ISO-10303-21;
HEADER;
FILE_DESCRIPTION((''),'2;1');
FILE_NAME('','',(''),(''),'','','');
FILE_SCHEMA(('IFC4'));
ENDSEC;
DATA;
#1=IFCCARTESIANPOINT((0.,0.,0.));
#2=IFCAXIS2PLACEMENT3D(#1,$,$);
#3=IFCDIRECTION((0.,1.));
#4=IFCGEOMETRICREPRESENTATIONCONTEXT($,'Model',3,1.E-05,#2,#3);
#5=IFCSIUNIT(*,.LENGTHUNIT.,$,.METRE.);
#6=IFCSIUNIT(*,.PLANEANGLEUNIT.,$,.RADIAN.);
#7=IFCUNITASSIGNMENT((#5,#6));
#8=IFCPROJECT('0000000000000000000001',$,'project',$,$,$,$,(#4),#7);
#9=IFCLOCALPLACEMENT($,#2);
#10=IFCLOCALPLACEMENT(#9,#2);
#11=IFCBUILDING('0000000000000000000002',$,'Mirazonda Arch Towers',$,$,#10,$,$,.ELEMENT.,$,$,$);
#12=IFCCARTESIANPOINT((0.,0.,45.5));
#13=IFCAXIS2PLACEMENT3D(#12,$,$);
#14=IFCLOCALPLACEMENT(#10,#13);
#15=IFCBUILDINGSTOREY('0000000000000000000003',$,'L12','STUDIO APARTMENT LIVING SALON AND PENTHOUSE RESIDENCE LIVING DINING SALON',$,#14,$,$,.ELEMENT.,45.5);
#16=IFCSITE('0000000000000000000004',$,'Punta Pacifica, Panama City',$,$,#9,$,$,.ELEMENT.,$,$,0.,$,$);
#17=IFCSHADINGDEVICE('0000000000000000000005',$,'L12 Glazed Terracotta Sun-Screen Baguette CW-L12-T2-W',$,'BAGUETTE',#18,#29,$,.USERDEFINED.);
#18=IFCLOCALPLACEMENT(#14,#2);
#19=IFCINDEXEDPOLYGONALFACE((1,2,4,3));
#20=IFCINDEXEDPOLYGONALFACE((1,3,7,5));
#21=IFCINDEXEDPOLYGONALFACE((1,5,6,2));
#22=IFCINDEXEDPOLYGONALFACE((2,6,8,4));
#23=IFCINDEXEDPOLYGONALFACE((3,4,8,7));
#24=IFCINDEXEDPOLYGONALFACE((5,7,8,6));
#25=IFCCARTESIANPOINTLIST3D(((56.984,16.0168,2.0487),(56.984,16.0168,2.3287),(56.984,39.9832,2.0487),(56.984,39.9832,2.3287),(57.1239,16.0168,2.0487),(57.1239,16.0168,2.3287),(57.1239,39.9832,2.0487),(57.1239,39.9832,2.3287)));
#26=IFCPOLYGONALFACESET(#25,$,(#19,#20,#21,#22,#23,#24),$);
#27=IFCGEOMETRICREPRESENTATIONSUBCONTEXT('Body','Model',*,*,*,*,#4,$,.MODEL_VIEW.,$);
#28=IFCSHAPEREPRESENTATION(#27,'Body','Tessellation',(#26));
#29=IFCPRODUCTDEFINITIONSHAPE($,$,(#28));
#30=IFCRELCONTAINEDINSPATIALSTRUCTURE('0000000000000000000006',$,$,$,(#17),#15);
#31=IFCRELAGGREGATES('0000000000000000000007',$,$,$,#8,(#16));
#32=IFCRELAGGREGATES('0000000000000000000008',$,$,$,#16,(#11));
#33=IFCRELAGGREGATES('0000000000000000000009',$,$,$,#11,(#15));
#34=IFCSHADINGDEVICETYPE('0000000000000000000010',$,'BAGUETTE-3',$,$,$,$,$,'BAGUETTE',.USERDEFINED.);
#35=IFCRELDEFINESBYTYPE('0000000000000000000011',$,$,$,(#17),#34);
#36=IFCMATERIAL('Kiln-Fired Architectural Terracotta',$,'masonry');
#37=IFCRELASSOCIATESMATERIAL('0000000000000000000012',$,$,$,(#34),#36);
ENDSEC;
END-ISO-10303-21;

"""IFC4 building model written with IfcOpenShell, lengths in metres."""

from ifc_helpers import new_model, si_unit, direction, frame, origin, origin_2d, place, context, subcontext, project, spatial, rectangle, extrude, material, material_profile, profile_set, type_object, element, save


model = new_model("IFC4")

# Units and contexts
model_context = context("Model", 3, precision=1e-05, world=origin(), true_north=direction((0.0, 1.0)))
body_context = subcontext(model_context, "Body", "Model", "MODEL_VIEW")
ifc_project = project(units=[si_unit("LENGTHUNIT", "METRE"), si_unit("PLANEANGLEUNIT", "RADIAN")], contexts=[model_context])

# Site, building, storey
site_placement = place(None, origin())
site = spatial("IfcSite", under=ifc_project, at=site_placement, Name="Punta Pacifica, Panama City", CompositionType="ELEMENT", RefElevation=0.0)
building_placement = place(site_placement, origin())
building = spatial("IfcBuilding", under=site, at=building_placement, Name="Mirazonda Arch Towers", CompositionType="ELEMENT")
storey_placement = place(building_placement, frame((0.0, 0.0, 45.5)))
storey = spatial("IfcBuildingStorey", under=building, at=storey_placement, Name="L12", Description="STUDIO APARTMENT LIVING SALON AND PENTHOUSE RESIDENCE LIVING DINING SALON", CompositionType="ELEMENT", Elevation=45.5)

# Shading device
ifc_material_1 = material(Name="Kiln-Fired Architectural Terracotta", Category="masonry")
ifc_material_profile_1 = material_profile(ifc_material_1, rectangle(XDim=0.1399, YDim=0.28, at=origin_2d()), Name="TERRA-BAG-140x280")
ifc_profile_set_1 = profile_set([ifc_material_profile_1], Name="Kiln-Fired Architectural Terracotta")
shading_device_type = type_object("IfcShadingDeviceType", Name="BAGUETTE-3", ElementType="BAGUETTE", PredefinedType="USERDEFINED", material=ifc_profile_set_1)
shading_device_1_placement = place(storey_placement, frame((57.054, 39.9832, 2.1887), z_axis=(0.0, -1.0, 0.0), x_axis=(1.0, 0.0, 0.0)))
element("IfcShadingDevice", 1, at=shading_device_1_placement, inside=storey, type_object=shading_device_type, Name="L12 Glazed Terracotta Sun-Screen Baguette CW-L12-T2-W", ObjectType="BAGUETTE", PredefinedType="USERDEFINED", context=body_context, shape_type="SweptSolid", body=[
    extrude(rectangle(XDim=0.1399, YDim=0.28, at=origin_2d()), origin(), (0.0, 0.0, 1.0), 23.9663),
])

save(model, "model.ifc")
